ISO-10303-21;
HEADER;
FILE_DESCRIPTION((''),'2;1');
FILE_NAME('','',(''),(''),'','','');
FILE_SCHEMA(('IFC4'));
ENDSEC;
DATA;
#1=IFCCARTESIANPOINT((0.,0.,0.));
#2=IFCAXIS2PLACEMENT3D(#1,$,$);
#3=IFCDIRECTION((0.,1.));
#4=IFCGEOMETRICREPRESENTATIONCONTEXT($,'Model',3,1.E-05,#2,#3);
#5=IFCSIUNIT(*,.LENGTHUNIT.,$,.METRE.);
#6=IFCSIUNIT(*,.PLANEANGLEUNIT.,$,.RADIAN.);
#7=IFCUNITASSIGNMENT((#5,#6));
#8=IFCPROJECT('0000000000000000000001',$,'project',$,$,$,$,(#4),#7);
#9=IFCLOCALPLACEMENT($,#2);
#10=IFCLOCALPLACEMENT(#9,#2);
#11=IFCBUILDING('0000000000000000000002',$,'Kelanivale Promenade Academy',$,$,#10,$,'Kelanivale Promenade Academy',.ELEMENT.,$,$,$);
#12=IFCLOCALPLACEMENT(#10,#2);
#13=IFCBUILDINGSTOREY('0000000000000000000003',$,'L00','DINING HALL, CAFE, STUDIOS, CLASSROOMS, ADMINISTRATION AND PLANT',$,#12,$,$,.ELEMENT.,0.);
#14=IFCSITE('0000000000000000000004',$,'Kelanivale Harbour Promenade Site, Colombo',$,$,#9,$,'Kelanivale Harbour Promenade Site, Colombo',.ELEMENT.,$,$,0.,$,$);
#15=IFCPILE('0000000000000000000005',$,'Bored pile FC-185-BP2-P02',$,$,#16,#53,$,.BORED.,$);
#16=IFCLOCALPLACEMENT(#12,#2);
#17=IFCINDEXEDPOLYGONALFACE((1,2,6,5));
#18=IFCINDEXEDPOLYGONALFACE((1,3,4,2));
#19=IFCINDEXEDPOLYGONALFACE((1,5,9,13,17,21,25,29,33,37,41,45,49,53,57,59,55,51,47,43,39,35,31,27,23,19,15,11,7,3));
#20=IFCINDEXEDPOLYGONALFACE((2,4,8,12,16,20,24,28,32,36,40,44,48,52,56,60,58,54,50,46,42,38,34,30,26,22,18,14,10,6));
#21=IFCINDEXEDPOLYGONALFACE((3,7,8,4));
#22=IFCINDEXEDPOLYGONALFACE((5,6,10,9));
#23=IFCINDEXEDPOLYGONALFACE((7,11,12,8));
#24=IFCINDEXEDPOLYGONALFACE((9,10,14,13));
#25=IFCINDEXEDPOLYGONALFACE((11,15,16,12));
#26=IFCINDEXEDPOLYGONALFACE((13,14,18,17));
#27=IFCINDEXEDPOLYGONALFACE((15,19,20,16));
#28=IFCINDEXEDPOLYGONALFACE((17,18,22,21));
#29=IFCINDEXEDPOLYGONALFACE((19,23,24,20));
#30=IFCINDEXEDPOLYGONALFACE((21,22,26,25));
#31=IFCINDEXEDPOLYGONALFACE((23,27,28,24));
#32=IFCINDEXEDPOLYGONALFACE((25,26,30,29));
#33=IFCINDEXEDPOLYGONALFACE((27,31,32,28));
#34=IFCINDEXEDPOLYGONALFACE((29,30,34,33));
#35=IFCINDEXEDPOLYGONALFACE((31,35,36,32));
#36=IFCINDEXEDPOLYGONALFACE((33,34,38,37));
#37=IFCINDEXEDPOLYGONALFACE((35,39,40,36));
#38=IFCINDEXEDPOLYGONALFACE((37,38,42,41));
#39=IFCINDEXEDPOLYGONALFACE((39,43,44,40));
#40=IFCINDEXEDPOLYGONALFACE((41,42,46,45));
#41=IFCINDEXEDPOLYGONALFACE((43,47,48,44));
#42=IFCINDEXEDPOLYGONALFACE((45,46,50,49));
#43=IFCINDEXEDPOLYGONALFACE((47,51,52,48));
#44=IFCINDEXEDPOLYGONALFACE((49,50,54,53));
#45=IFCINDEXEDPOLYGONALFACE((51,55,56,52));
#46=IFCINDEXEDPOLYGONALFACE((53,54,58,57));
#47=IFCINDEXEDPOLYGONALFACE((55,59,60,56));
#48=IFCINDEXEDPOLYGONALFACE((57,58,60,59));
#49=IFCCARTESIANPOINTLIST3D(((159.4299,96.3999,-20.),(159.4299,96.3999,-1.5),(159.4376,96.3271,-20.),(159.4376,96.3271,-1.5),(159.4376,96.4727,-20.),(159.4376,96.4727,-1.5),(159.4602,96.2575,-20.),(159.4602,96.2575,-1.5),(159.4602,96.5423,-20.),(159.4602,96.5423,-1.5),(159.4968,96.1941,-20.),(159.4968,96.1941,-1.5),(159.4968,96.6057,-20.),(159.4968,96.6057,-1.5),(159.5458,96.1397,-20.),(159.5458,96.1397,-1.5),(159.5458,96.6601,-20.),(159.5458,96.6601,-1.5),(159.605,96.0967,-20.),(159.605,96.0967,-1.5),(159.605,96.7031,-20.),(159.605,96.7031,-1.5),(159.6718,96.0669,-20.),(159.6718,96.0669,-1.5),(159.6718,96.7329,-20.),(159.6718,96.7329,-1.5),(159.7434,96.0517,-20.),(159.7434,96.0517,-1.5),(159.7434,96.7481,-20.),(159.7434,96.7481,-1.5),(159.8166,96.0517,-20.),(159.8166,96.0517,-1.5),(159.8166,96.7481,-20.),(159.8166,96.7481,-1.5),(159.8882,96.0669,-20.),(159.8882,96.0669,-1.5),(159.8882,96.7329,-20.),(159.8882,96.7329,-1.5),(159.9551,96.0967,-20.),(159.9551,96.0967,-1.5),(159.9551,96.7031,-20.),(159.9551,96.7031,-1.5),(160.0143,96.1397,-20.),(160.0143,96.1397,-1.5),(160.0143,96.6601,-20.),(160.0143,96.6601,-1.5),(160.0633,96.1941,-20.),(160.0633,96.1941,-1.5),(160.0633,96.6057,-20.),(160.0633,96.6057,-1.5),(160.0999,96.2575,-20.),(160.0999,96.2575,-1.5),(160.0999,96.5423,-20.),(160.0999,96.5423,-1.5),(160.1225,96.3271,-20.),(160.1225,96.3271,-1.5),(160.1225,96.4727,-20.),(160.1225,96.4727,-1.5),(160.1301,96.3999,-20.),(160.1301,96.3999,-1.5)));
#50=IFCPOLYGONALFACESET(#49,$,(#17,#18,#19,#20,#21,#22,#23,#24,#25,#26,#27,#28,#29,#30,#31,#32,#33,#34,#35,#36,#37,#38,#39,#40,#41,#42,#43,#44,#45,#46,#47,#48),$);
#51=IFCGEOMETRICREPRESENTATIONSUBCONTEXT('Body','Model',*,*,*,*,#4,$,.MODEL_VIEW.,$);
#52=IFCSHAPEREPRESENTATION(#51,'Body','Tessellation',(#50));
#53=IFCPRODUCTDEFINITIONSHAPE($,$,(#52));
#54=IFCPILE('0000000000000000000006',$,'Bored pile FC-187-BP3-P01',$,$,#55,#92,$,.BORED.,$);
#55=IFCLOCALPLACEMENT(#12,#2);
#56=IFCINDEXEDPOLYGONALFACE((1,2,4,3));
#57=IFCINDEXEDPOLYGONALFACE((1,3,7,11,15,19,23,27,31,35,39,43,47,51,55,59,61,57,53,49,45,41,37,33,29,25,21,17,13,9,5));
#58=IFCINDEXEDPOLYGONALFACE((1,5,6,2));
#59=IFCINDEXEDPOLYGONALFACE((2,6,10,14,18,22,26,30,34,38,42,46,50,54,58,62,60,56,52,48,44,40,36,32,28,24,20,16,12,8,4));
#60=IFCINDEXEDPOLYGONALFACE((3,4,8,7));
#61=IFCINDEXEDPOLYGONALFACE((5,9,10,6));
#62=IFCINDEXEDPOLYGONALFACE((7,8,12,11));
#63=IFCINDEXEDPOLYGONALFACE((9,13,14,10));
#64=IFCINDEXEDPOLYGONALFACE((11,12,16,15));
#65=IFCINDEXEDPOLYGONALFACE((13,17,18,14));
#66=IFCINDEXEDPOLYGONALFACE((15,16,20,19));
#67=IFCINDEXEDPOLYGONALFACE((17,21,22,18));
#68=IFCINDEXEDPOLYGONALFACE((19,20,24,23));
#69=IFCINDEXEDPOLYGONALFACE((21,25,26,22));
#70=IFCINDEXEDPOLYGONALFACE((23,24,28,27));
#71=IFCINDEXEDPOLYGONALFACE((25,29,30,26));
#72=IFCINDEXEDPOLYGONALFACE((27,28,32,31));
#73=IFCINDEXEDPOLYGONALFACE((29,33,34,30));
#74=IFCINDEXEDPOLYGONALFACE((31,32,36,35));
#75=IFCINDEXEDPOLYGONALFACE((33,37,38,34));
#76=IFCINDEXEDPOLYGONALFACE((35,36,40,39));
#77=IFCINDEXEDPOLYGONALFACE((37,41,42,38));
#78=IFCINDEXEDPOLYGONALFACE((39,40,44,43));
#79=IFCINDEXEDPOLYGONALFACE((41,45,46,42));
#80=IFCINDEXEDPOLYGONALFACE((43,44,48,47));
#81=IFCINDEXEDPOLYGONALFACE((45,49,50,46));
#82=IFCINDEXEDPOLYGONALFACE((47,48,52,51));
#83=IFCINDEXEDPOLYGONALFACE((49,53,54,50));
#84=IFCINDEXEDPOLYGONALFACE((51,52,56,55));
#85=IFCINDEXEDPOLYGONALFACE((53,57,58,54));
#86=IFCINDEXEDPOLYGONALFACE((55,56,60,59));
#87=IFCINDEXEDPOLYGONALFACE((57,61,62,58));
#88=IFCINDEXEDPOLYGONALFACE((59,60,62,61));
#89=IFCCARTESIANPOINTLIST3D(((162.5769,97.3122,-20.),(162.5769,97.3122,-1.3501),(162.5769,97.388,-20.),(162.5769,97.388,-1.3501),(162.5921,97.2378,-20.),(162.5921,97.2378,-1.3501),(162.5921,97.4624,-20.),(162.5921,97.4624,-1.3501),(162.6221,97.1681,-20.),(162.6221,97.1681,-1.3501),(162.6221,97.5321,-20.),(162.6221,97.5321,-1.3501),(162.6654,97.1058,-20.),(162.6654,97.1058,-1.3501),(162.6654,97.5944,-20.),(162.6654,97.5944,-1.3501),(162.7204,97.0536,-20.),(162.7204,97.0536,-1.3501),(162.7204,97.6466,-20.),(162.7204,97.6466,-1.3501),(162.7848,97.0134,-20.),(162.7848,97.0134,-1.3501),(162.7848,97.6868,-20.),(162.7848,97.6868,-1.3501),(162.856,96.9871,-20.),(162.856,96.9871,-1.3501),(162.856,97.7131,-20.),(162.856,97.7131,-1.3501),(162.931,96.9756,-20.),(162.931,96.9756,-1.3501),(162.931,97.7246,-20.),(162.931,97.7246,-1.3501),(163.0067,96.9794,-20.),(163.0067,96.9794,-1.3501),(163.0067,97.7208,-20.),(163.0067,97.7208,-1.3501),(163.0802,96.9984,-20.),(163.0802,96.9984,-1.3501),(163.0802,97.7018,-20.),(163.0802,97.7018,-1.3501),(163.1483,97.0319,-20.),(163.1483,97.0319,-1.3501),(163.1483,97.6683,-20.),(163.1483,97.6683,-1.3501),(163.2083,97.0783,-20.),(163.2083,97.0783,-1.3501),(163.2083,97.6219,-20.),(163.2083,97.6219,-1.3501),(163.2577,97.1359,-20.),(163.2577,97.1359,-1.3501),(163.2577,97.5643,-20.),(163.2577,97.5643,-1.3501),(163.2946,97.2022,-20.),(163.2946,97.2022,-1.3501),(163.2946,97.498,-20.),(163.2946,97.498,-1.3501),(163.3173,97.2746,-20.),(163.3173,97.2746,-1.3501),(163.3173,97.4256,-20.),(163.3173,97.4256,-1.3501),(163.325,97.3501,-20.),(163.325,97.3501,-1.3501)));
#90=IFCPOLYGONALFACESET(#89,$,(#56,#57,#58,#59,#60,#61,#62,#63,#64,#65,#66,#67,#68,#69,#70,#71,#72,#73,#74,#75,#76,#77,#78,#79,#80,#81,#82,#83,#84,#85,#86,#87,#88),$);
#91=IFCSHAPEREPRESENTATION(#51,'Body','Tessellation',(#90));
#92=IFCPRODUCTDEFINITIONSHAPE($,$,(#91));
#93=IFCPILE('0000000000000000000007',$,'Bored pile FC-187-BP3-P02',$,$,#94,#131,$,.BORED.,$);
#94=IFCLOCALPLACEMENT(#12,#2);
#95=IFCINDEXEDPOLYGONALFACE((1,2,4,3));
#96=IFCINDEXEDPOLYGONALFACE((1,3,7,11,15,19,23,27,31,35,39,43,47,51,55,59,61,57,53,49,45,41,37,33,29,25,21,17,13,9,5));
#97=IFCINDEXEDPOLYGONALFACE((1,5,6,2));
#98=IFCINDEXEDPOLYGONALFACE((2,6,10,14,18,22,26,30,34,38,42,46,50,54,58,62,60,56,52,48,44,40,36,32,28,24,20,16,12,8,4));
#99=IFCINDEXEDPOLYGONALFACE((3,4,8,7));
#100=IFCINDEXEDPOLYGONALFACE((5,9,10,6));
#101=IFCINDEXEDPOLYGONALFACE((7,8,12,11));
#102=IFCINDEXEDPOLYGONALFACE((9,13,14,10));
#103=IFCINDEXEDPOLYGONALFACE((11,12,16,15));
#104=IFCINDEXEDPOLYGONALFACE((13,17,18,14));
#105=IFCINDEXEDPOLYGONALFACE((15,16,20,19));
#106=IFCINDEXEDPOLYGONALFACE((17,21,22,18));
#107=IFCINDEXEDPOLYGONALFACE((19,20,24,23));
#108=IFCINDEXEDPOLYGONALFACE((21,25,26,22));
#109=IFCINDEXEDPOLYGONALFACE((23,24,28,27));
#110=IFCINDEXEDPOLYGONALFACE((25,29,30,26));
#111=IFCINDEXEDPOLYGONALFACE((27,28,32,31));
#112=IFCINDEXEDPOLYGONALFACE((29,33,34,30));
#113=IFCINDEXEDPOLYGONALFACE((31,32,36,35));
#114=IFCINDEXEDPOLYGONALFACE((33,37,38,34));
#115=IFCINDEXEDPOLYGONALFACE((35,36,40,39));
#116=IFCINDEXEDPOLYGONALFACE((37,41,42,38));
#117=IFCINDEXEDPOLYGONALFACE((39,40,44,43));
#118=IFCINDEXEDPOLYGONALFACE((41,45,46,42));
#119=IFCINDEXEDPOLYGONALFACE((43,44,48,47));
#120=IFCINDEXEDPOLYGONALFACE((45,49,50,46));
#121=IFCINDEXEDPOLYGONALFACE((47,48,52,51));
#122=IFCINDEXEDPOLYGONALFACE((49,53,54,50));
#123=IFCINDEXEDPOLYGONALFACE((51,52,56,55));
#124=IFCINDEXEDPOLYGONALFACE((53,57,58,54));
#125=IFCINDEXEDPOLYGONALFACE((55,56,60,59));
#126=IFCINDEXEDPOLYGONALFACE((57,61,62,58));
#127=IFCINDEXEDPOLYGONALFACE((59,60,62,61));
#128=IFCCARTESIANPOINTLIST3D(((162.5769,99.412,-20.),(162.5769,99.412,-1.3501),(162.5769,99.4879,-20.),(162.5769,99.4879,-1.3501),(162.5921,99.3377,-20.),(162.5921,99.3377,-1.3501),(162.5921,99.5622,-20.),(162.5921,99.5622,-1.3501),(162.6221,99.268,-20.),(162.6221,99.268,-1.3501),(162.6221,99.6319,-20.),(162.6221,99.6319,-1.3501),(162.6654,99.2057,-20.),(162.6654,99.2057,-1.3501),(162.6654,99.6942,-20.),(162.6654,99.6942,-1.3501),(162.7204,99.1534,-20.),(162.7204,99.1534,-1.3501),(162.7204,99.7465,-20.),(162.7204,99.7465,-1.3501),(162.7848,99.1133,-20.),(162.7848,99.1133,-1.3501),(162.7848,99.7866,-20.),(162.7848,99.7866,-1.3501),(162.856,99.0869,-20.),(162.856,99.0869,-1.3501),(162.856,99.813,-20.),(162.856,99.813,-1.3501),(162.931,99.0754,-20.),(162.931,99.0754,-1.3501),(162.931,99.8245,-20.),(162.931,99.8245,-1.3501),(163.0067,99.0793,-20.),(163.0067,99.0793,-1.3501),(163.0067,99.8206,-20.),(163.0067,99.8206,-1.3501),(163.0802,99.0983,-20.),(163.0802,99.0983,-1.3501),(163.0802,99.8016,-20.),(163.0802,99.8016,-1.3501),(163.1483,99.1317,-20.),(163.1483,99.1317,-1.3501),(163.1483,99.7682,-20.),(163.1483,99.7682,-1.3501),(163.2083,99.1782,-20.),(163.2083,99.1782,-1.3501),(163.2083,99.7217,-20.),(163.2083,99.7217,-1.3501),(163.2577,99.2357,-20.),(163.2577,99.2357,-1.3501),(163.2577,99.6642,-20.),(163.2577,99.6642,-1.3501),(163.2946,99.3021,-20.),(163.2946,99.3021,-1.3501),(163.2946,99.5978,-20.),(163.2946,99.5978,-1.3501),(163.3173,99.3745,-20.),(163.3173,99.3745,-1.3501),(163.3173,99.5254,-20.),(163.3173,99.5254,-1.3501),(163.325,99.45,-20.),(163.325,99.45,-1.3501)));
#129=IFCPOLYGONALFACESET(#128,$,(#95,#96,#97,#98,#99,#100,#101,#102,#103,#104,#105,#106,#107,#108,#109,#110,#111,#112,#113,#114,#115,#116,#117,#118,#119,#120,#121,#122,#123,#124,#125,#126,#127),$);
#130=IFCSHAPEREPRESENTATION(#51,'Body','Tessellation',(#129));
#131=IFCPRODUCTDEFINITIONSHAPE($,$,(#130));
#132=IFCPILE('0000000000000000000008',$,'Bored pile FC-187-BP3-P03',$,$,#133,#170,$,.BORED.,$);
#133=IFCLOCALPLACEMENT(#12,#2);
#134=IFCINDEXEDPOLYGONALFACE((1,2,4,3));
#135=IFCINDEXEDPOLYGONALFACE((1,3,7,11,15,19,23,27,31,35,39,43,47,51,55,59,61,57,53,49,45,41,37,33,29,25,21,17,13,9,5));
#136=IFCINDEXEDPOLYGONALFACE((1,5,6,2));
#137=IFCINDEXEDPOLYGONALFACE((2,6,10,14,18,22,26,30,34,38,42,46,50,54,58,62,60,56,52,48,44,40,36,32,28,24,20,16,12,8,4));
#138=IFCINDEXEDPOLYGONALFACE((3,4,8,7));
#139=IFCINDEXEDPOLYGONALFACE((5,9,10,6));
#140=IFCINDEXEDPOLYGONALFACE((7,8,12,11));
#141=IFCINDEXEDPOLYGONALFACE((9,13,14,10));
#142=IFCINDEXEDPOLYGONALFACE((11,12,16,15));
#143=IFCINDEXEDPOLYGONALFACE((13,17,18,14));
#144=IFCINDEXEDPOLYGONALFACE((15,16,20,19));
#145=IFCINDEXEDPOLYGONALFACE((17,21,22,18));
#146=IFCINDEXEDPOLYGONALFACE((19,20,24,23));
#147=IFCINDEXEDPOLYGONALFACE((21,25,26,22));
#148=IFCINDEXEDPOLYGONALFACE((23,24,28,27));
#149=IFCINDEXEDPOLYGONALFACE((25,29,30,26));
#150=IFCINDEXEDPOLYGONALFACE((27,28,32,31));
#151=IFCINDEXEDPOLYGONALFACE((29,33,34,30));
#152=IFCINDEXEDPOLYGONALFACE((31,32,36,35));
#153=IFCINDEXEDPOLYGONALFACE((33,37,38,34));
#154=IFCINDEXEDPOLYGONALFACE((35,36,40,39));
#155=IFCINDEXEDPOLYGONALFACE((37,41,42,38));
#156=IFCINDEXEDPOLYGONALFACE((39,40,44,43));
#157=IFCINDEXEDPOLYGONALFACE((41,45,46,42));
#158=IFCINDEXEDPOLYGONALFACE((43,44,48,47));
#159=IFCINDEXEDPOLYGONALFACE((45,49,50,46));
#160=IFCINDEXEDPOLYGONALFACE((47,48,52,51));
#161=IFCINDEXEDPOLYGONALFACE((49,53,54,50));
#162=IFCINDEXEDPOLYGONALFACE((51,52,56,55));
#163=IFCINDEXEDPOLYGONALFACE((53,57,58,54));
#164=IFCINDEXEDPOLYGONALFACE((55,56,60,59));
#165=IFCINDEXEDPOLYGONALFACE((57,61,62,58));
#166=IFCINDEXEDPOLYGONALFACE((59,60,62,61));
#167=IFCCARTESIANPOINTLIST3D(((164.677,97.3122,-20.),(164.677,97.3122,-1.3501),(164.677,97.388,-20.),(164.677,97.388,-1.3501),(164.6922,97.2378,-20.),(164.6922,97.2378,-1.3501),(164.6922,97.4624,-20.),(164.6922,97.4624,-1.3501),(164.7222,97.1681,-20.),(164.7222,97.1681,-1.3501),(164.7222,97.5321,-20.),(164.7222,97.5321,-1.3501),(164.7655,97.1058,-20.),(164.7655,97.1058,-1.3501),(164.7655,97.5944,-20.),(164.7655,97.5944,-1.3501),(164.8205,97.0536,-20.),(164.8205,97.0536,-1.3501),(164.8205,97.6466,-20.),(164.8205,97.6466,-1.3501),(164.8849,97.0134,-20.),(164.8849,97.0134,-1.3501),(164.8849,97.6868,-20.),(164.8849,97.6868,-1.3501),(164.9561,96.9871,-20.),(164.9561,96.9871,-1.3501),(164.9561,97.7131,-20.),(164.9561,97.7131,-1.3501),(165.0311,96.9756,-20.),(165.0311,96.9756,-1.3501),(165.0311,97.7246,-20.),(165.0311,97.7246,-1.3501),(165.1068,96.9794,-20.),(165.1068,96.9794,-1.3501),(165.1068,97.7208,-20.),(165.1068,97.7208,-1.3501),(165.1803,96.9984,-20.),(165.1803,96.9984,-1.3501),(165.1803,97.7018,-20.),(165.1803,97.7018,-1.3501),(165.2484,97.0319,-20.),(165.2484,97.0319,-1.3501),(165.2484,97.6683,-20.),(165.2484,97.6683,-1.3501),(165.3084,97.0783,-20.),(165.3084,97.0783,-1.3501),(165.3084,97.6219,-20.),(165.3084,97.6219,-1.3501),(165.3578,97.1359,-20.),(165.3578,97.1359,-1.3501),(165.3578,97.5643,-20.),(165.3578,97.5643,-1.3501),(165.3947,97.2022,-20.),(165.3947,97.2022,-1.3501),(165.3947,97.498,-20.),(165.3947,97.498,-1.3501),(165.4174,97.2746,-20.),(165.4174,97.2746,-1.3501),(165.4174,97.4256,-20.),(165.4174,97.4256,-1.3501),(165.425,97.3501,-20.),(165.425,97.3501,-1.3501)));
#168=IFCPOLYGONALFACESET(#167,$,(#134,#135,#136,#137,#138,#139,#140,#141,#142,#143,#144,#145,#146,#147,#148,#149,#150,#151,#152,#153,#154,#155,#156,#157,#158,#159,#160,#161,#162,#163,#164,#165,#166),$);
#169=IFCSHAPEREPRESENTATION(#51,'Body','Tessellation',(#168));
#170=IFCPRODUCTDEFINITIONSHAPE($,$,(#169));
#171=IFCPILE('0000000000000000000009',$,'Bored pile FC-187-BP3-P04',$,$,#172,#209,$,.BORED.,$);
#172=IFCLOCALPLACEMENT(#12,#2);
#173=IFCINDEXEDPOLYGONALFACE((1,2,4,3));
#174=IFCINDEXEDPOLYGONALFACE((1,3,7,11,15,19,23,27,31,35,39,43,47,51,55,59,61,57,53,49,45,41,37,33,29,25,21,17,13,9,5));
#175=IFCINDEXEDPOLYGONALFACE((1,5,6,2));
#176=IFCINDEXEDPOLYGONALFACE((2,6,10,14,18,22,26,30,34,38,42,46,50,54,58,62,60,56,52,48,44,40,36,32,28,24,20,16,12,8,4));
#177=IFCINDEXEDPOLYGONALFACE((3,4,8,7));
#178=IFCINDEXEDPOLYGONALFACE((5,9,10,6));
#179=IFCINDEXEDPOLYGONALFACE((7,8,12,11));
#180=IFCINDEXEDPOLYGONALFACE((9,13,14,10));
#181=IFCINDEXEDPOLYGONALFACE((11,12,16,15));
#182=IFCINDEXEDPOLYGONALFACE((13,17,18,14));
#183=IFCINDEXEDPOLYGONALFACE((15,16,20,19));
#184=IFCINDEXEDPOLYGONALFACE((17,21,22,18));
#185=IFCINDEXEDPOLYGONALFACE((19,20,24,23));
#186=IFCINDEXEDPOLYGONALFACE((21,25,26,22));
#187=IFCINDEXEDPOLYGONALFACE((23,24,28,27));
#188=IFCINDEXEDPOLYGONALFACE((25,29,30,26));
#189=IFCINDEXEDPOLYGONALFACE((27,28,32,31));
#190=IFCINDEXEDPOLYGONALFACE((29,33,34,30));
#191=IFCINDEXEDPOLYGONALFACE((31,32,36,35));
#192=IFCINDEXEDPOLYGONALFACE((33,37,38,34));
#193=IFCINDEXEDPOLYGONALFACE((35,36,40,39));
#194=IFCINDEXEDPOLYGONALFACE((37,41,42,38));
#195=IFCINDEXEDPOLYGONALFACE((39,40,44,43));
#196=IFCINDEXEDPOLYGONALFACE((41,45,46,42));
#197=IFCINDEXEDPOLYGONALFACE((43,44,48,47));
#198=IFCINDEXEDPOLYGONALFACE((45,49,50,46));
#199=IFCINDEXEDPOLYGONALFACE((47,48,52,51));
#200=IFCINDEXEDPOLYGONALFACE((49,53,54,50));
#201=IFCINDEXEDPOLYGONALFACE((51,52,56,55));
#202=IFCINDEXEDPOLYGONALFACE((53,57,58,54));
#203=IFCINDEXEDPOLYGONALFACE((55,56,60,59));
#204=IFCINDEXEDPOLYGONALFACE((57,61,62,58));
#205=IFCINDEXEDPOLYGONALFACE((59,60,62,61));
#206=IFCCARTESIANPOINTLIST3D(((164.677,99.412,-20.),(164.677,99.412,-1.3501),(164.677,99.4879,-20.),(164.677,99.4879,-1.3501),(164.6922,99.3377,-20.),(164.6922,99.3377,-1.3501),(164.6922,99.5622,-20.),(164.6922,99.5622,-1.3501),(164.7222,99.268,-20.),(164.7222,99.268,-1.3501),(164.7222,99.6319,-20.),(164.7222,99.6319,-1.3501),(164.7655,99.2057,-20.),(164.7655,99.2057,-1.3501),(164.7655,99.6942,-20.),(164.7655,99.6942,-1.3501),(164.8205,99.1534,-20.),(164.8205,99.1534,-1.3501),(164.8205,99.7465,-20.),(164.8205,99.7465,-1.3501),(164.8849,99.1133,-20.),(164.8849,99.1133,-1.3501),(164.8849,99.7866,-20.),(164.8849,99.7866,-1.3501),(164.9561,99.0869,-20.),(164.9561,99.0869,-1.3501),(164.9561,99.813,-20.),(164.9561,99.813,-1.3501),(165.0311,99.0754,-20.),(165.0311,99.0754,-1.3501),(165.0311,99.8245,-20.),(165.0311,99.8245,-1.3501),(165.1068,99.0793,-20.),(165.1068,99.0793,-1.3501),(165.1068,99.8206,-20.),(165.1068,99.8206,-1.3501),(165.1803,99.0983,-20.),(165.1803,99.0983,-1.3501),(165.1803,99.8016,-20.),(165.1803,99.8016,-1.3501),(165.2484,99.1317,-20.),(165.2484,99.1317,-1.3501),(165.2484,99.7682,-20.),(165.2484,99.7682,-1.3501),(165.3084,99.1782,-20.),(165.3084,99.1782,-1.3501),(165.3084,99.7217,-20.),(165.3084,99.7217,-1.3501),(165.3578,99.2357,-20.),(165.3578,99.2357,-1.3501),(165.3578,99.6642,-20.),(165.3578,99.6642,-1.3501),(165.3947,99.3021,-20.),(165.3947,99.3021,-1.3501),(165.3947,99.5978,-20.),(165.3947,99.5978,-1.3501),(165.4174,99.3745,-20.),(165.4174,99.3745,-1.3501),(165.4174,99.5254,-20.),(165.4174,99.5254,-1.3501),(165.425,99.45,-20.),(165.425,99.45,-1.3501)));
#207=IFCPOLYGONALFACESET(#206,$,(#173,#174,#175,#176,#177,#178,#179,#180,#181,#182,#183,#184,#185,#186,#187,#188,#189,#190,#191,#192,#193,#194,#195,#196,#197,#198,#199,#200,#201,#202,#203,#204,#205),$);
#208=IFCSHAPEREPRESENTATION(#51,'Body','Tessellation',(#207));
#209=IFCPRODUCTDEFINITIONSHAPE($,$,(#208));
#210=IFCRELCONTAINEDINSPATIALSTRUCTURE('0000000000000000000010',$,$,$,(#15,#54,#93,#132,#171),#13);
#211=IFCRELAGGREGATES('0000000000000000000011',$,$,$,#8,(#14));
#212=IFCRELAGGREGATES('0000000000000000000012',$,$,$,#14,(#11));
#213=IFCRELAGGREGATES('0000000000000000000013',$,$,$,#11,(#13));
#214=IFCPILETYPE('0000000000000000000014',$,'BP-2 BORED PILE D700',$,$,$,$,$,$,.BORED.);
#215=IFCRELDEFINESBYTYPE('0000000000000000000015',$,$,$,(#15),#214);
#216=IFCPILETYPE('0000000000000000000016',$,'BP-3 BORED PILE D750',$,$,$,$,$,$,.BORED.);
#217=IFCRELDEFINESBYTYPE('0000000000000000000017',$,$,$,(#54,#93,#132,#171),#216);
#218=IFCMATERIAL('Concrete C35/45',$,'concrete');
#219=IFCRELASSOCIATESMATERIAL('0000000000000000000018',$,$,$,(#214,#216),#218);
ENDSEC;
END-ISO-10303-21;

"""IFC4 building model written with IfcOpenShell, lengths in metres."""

from ifc_helpers import new_model, si_unit, direction, frame, origin, origin_2d, place, context, subcontext, project, spatial, circle, extrude, material, material_profile, profile_set, type_object, element, save


model = new_model("IFC4")

# Units and contexts
model_context = context("Model", 3, precision=1e-05, world=origin(), true_north=direction((0.0, 1.0)))
body_context = subcontext(model_context, "Body", "Model", "MODEL_VIEW")
ifc_project = project(units=[si_unit("LENGTHUNIT", "METRE"), si_unit("PLANEANGLEUNIT", "RADIAN")], contexts=[model_context])

# Site, building, storey
site_placement = place(None, origin())
site = spatial("IfcSite", under=ifc_project, at=site_placement, Name="Kelanivale Harbour Promenade Site, Colombo", LongName="Kelanivale Harbour Promenade Site, Colombo", CompositionType="ELEMENT", RefElevation=0.0)
building_placement = place(site_placement, origin())
building = spatial("IfcBuilding", under=site, at=building_placement, Name="Kelanivale Promenade Academy", LongName="Kelanivale Promenade Academy", CompositionType="ELEMENT")
storey_placement = place(building_placement, origin())
storey = spatial("IfcBuildingStorey", under=building, at=storey_placement, Name="L00", Description="DINING HALL, CAFE, STUDIOS, CLASSROOMS, ADMINISTRATION AND PLANT", CompositionType="ELEMENT", Elevation=0.0)

# Piles
ifc_material_1 = material(Name="Concrete C35/45", Category="concrete")
ifc_material_profile_1 = material_profile(ifc_material_1, circle(Radius=0.3501, at=origin_2d()), Name="BORED PILE D700")
ifc_profile_set_1 = profile_set([ifc_material_profile_1], Name="Concrete C35/45")
pile_type_1 = type_object("IfcPileType", Name="BP-2 BORED PILE D700", PredefinedType="BORED", material=ifc_profile_set_1)
for number, where, z_axis, x_axis, name in (
    (1, (159.78, 96.3999, -1.5), (0.0, 0.0, -1.0), (1.0, 0.0, 0.0), "Bored pile FC-185-BP2-P02"),
):
    element("IfcPile", number, at=place(storey_placement, frame(where, z_axis=z_axis, x_axis=x_axis)), inside=storey, type_object=pile_type_1, Name=name, PredefinedType="BORED", context=body_context, shape_type="SweptSolid", body=[
        extrude(circle(Radius=0.3501, at=origin_2d()), origin(), (0.0, 0.0, 1.0), 18.5),
    ])
ifc_material_profile_2 = material_profile(ifc_material_1, circle(Radius=0.375, at=origin_2d()), Name="BORED PILE D750")
ifc_profile_set_2 = profile_set([ifc_material_profile_2], Name="Concrete C35/45")
pile_type_2 = type_object("IfcPileType", Name="BP-3 BORED PILE D750", PredefinedType="BORED", material=ifc_profile_set_2)
for number, where, z_axis, x_axis, name in (
    (2, (162.95, 97.3501, -1.3501), (0.0, 0.0, -1.0), (1.0, 0.0, 0.0), "Bored pile FC-187-BP3-P01"),
    (3, (162.95, 99.45, -1.3501), (0.0, 0.0, -1.0), (1.0, 0.0, 0.0), "Bored pile FC-187-BP3-P02"),
    (4, (165.05, 97.3501, -1.3501), (0.0, 0.0, -1.0), (1.0, 0.0, 0.0), "Bored pile FC-187-BP3-P03"),
    (5, (165.05, 99.45, -1.3501), (0.0, 0.0, -1.0), (1.0, 0.0, 0.0), "Bored pile FC-187-BP3-P04"),
):
    element("IfcPile", number, at=place(storey_placement, frame(where, z_axis=z_axis, x_axis=x_axis)), inside=storey, type_object=pile_type_2, Name=name, PredefinedType="BORED", context=body_context, shape_type="SweptSolid", body=[
        extrude(circle(Radius=0.375, at=origin_2d()), origin(), (0.0, 0.0, 1.0), 18.6499),
    ])

save(model, "model.ifc")
